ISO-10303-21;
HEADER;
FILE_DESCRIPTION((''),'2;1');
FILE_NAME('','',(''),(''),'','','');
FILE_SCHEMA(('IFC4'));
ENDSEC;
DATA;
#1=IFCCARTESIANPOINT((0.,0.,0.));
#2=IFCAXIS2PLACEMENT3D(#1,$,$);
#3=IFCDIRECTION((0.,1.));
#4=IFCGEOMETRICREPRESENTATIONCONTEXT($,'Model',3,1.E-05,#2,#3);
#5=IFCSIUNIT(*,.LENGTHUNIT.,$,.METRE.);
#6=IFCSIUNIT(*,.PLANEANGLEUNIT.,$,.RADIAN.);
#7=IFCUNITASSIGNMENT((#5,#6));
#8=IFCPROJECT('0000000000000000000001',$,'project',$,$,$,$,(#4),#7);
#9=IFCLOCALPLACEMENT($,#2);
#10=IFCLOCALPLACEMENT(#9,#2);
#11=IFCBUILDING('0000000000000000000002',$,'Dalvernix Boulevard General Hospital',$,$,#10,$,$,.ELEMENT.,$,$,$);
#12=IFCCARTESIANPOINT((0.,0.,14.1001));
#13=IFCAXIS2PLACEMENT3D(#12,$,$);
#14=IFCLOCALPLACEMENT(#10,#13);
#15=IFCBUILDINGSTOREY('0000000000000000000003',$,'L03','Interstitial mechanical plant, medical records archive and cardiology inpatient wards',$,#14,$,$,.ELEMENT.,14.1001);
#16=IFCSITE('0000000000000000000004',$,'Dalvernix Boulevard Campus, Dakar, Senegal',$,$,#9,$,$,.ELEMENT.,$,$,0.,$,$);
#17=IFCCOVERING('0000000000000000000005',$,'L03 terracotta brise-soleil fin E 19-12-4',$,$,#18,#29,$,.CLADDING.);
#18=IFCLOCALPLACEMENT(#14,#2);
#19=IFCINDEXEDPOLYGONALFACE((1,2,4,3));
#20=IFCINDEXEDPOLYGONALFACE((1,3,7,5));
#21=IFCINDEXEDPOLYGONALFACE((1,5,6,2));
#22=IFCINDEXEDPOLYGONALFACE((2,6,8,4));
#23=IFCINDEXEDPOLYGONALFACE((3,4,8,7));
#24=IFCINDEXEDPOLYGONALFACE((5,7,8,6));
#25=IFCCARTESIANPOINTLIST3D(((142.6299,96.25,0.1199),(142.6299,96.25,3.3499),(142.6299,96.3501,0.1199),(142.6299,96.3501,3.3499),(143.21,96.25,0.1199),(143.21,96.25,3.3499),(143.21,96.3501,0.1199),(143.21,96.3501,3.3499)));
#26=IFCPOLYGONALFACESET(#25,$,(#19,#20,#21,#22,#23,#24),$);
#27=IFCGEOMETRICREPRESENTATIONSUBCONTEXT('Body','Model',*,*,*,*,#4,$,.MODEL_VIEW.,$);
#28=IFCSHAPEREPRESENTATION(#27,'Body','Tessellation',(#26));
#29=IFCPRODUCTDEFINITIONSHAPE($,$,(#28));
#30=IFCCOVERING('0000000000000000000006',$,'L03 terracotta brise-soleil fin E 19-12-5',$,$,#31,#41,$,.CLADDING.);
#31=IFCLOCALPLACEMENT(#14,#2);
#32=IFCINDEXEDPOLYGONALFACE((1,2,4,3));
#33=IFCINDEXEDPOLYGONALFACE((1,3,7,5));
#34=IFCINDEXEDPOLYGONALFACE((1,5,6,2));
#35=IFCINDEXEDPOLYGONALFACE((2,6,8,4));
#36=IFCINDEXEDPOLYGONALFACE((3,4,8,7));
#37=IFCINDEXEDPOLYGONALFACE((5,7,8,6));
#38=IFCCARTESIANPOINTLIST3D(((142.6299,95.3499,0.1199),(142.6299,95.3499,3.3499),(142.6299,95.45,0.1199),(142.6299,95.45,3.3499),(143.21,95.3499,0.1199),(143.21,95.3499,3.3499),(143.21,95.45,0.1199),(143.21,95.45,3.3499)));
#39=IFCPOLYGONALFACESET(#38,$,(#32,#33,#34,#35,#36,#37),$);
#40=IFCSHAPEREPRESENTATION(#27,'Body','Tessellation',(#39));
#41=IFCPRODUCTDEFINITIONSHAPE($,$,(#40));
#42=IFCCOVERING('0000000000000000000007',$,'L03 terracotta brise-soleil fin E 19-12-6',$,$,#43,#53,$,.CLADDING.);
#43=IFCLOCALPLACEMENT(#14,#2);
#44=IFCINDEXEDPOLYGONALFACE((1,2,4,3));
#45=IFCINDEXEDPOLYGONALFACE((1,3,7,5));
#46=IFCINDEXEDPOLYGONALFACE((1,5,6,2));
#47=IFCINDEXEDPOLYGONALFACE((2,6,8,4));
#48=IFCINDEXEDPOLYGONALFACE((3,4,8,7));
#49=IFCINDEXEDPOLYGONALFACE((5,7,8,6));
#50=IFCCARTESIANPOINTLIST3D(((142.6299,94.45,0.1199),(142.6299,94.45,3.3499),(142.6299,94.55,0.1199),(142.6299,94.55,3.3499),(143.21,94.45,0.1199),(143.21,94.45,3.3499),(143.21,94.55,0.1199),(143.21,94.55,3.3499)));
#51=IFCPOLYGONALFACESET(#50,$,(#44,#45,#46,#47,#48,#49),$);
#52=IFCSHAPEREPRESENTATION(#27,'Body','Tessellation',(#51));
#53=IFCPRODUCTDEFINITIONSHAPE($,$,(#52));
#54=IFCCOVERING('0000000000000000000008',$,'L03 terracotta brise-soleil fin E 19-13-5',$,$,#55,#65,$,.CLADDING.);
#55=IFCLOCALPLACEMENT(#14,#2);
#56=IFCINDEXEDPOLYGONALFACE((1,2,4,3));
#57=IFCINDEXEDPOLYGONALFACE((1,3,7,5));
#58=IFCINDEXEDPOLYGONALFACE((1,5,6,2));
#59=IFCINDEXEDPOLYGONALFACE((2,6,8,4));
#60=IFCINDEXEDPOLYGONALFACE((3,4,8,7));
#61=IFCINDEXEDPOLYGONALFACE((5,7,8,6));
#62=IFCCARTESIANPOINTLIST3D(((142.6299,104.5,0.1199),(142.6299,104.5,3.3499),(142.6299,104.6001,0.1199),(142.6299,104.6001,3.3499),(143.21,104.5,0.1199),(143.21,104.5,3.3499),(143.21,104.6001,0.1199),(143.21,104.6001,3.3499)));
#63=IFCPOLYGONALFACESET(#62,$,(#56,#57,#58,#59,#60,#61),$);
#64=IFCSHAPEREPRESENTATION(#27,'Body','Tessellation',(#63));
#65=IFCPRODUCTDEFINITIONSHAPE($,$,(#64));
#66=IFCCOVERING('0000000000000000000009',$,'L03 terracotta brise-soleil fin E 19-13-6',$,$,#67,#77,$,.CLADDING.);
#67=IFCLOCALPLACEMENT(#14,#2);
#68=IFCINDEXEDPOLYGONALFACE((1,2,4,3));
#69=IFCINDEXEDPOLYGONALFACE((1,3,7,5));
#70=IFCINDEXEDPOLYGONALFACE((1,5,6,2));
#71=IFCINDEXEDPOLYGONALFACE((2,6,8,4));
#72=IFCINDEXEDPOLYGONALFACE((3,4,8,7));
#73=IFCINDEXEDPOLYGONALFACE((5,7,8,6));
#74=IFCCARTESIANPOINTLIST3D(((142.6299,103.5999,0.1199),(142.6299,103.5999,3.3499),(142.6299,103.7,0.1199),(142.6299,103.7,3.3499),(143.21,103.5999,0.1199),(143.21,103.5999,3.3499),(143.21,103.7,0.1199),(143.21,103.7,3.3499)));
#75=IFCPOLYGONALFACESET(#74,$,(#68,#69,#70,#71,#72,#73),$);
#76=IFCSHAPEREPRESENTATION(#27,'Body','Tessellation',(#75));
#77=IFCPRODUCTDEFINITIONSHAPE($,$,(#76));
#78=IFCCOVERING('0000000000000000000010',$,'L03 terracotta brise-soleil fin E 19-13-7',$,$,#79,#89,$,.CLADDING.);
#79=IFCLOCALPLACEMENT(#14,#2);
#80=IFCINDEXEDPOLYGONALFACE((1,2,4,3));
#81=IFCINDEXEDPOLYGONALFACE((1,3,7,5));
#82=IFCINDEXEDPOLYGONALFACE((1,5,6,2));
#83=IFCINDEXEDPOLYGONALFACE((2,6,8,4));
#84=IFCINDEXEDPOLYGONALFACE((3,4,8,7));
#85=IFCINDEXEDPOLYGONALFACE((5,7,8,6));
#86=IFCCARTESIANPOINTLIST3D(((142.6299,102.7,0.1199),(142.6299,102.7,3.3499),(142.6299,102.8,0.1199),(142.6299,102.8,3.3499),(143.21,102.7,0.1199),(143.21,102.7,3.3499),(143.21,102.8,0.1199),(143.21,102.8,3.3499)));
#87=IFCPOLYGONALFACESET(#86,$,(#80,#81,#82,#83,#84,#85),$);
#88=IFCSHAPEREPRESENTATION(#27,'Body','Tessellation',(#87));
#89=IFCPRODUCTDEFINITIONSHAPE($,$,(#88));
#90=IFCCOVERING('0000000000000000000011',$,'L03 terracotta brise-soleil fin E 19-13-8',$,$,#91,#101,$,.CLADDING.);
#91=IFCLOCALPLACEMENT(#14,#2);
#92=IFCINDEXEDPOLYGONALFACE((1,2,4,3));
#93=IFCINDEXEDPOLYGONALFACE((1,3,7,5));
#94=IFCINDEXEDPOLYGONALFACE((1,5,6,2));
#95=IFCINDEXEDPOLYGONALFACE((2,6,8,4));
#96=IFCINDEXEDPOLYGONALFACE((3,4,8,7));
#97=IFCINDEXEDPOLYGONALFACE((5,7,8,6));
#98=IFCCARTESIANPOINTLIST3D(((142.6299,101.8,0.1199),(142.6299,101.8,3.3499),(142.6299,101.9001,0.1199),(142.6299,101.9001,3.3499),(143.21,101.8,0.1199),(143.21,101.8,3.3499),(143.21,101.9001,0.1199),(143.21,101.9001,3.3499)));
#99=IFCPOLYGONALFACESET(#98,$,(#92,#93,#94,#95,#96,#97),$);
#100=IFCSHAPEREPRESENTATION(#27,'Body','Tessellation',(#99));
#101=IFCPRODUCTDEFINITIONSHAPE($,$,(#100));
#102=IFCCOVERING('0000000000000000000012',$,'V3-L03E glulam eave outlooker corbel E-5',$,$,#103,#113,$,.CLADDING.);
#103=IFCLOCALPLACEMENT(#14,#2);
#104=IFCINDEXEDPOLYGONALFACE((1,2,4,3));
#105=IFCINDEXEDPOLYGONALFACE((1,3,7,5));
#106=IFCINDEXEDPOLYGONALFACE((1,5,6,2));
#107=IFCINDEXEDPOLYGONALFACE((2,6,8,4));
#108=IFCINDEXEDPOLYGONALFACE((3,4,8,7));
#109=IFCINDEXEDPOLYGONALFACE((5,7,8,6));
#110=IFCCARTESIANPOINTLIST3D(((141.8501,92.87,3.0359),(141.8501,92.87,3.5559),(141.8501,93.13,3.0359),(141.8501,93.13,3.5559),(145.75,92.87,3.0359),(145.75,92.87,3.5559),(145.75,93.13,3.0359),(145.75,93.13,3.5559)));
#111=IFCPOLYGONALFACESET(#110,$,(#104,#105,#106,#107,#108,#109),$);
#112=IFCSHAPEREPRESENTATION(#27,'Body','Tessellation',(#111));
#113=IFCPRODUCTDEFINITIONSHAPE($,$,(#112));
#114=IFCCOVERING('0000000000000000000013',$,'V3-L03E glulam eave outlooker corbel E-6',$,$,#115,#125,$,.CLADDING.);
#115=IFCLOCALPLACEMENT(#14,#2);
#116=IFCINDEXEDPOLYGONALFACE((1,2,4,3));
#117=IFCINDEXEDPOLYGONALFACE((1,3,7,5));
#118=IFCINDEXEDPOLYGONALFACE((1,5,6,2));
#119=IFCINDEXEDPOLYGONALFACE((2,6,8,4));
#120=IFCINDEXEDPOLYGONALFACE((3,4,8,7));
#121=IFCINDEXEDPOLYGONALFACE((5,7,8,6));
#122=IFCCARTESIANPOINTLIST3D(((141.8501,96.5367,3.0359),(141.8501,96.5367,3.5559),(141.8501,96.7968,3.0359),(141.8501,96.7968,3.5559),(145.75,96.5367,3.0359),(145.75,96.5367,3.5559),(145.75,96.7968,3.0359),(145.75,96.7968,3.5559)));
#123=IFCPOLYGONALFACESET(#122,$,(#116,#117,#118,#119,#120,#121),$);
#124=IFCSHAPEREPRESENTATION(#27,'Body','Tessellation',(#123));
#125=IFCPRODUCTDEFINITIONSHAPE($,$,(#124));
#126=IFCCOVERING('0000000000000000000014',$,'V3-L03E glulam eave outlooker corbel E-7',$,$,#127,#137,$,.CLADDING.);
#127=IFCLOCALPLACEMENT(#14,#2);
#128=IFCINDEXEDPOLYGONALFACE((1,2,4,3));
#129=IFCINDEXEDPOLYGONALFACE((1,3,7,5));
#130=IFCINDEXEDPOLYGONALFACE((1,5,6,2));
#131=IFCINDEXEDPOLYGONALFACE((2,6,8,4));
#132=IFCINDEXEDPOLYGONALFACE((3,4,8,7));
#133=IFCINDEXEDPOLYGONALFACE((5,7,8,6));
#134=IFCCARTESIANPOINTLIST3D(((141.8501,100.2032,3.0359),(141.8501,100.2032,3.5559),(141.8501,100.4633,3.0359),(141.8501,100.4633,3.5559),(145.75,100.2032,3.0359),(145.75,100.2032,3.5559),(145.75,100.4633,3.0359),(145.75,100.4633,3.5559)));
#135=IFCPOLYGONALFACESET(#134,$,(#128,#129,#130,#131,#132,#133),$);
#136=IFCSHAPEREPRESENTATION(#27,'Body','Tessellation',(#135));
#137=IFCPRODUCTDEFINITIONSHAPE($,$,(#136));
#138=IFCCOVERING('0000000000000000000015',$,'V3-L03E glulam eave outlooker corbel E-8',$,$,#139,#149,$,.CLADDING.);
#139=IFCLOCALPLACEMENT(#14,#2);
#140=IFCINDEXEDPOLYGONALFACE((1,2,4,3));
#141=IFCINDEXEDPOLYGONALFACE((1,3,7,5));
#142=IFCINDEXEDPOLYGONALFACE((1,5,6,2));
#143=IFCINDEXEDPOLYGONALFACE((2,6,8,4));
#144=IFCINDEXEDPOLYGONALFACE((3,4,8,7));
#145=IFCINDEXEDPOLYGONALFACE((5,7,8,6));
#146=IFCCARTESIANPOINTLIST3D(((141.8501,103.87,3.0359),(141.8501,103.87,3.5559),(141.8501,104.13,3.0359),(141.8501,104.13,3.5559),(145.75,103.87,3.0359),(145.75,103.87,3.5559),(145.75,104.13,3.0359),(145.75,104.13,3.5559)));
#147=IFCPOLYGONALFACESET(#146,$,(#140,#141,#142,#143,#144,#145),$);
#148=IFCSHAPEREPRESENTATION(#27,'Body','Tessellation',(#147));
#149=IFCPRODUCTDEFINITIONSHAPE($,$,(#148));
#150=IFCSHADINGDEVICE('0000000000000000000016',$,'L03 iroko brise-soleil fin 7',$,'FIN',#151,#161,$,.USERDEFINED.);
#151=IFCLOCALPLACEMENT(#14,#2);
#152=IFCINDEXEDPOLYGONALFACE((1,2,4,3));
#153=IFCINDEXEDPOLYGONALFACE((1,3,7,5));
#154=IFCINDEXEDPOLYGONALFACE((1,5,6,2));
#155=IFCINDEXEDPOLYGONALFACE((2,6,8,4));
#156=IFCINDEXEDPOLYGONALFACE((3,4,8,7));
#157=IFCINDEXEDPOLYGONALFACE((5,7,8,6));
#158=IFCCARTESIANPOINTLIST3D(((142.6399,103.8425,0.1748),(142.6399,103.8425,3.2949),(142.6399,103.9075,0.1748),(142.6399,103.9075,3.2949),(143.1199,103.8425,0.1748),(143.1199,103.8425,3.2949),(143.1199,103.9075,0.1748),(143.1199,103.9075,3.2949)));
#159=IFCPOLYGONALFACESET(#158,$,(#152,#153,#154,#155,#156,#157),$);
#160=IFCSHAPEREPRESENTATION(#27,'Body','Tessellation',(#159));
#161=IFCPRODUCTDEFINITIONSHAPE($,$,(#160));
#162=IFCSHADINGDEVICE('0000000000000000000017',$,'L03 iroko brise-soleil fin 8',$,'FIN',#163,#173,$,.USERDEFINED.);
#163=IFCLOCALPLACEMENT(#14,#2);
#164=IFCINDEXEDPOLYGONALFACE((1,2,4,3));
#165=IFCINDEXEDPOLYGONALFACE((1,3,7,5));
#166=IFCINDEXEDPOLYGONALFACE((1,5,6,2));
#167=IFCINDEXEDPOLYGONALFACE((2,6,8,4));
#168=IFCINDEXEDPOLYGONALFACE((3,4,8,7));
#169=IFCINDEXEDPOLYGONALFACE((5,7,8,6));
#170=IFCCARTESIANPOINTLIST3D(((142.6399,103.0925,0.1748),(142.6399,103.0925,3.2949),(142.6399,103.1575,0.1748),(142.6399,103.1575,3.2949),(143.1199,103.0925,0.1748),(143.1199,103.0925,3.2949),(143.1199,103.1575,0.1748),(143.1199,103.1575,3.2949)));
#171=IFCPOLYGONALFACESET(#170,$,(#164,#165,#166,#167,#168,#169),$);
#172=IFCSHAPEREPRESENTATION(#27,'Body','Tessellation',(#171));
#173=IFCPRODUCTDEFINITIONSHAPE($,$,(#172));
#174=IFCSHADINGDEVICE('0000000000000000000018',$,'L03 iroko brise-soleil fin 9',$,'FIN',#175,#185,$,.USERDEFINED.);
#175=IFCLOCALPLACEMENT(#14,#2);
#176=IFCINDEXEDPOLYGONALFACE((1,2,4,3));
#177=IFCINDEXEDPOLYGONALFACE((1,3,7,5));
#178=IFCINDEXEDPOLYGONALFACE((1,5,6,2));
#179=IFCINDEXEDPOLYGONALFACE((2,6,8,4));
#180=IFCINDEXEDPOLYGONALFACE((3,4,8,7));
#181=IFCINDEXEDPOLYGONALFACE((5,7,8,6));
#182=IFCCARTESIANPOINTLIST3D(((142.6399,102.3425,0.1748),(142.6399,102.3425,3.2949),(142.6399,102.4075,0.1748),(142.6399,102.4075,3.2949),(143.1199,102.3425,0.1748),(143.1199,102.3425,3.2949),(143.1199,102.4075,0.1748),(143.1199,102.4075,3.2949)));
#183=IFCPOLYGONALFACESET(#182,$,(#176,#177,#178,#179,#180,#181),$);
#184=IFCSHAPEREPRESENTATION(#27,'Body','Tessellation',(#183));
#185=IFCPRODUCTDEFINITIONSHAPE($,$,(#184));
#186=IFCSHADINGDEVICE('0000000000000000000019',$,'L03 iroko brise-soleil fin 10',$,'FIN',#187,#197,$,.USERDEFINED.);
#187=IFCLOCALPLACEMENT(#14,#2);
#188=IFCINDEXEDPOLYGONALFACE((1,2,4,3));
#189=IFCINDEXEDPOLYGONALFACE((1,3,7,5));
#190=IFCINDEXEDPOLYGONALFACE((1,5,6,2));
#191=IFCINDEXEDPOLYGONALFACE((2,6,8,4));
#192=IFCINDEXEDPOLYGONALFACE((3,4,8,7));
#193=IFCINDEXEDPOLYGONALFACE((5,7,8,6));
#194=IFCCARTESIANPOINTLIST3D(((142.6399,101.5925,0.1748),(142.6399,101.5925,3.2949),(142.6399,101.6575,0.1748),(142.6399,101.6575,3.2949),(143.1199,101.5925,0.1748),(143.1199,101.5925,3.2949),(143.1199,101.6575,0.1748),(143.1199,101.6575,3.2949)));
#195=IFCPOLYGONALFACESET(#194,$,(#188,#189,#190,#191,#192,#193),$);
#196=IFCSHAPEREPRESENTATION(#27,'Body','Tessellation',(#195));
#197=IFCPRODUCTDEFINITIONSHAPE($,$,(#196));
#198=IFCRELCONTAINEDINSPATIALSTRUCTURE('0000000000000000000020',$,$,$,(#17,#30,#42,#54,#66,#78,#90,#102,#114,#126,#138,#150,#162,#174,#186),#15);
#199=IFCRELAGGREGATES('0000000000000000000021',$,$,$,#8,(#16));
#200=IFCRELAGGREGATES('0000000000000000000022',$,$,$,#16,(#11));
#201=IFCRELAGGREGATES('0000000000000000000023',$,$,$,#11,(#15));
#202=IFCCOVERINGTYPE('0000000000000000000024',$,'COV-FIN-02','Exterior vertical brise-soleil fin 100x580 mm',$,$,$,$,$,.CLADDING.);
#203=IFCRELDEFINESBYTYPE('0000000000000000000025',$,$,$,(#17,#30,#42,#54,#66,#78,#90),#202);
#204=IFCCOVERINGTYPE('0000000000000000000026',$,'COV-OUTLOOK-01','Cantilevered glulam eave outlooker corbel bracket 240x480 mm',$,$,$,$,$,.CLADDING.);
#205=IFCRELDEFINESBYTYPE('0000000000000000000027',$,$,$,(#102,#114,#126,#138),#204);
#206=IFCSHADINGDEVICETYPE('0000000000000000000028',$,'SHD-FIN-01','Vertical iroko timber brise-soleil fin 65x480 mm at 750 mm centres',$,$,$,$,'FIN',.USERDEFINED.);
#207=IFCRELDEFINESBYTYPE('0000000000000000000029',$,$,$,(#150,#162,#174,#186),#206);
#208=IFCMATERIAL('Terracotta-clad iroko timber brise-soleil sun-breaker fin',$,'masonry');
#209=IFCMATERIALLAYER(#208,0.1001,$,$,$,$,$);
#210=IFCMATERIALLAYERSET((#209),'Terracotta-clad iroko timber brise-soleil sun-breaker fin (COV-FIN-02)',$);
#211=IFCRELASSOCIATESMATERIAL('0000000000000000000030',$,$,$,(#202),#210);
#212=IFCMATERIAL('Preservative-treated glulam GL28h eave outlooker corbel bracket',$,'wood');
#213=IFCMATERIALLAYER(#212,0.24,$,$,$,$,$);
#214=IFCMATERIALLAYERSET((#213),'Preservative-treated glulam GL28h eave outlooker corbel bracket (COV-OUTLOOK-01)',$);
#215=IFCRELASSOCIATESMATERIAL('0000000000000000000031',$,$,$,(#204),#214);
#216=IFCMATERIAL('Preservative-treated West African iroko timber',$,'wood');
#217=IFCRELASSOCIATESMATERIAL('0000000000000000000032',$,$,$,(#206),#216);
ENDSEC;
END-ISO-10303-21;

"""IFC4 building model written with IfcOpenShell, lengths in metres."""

from ifc_helpers import new_model, si_unit, direction, frame, origin, origin_2d, place, context, subcontext, project, spatial, rectangle, extrude, material, layer, layer_set, type_object, element, save


model = new_model("IFC4")

# Units and contexts
model_context = context("Model", 3, precision=1e-05, world=origin(), true_north=direction((0.0, 1.0)))
body_context = subcontext(model_context, "Body", "Model", "MODEL_VIEW")
ifc_project = project(units=[si_unit("LENGTHUNIT", "METRE"), si_unit("PLANEANGLEUNIT", "RADIAN")], contexts=[model_context])

# Site, building, storey
site_placement = place(None, origin())
site = spatial("IfcSite", under=ifc_project, at=site_placement, Name="Dalvernix Boulevard Campus, Dakar, Senegal", CompositionType="ELEMENT", RefElevation=0.0)
building_placement = place(site_placement, origin())
building = spatial("IfcBuilding", under=site, at=building_placement, Name="Dalvernix Boulevard General Hospital", CompositionType="ELEMENT")
storey_placement = place(building_placement, frame((0.0, 0.0, 14.1001)))
storey = spatial("IfcBuildingStorey", under=building, at=storey_placement, Name="L03", Description="Interstitial mechanical plant, medical records archive and cardiology inpatient wards", CompositionType="ELEMENT", Elevation=14.1001)

# Coverings
ifc_material_1 = material(Name="Terracotta-clad iroko timber brise-soleil sun-breaker fin", Category="masonry")
ifc_layer_1 = layer(ifc_material_1, 0.1001)
ifc_layer_set_1 = layer_set([ifc_layer_1], Name="Terracotta-clad iroko timber brise-soleil sun-breaker fin (COV-FIN-02)")
covering_type_1 = type_object("IfcCoveringType", Name="COV-FIN-02", Description="Exterior vertical brise-soleil fin 100x580 mm", PredefinedType="CLADDING", material=ifc_layer_set_1)
for number, where, z_axis, x_axis, name in (
    (1, (142.9199, 96.3, 0.1199), (0.0, 0.0, 1.0), (0.0, -1.0, 0.0), "L03 terracotta brise-soleil fin E 19-12-4"),
    (2, (142.9199, 95.3999, 0.1199), (0.0, 0.0, 1.0), (0.0, -1.0, 0.0), "L03 terracotta brise-soleil fin E 19-12-5"),
    (3, (142.9199, 94.5, 0.1199), (0.0, 0.0, 1.0), (0.0, -1.0, 0.0), "L03 terracotta brise-soleil fin E 19-12-6"),
    (4, (142.9199, 104.55, 0.1199), (0.0, 0.0, 1.0), (0.0, -1.0, 0.0), "L03 terracotta brise-soleil fin E 19-13-5"),
    (5, (142.9199, 103.6499, 0.1199), (0.0, 0.0, 1.0), (0.0, -1.0, 0.0), "L03 terracotta brise-soleil fin E 19-13-6"),
    (6, (142.9199, 102.75, 0.1199), (0.0, 0.0, 1.0), (0.0, -1.0, 0.0), "L03 terracotta brise-soleil fin E 19-13-7"),
    (7, (142.9199, 101.8501, 0.1199), (0.0, 0.0, 1.0), (0.0, -1.0, 0.0), "L03 terracotta brise-soleil fin E 19-13-8"),
):
    element("IfcCovering", number, at=place(storey_placement, frame(where, z_axis=z_axis, x_axis=x_axis)), inside=storey, type_object=covering_type_1, Name=name, PredefinedType="CLADDING", context=body_context, shape_type="SweptSolid", body=[
        extrude(rectangle(XDim=0.1001, YDim=0.5801, at=origin_2d()), origin(), (0.0, 0.0, 1.0), 3.23),
    ])
ifc_material_2 = material(Name="Preservative-treated glulam GL28h eave outlooker corbel bracket", Category="wood")
ifc_layer_2 = layer(ifc_material_2, 0.24)
ifc_layer_set_2 = layer_set([ifc_layer_2], Name="Preservative-treated glulam GL28h eave outlooker corbel bracket (COV-OUTLOOK-01)")
covering_type_2 = type_object("IfcCoveringType", Name="COV-OUTLOOK-01", Description="Cantilevered glulam eave outlooker corbel bracket 240x480 mm", PredefinedType="CLADDING", material=ifc_layer_set_2)
for number, where, z_axis, x_axis, name in (
    (8, (143.8, 93.0, 3.0359), (0.0, 0.0, 1.0), (1.0, 0.0, 0.0), "V3-L03E glulam eave outlooker corbel E-5"),
    (9, (143.8, 96.6667, 3.0359), (0.0, 0.0, 1.0), (1.0, 0.0, 0.0), "V3-L03E glulam eave outlooker corbel E-6"),
    (10, (143.8, 100.3333, 3.0359), (0.0, 0.0, 1.0), (1.0, 0.0, 0.0), "V3-L03E glulam eave outlooker corbel E-7"),
    (11, (143.8, 104.0, 3.0359), (0.0, 0.0, 1.0), (1.0, 0.0, 0.0), "V3-L03E glulam eave outlooker corbel E-8"),
):
    element("IfcCovering", number, at=place(storey_placement, frame(where, z_axis=z_axis, x_axis=x_axis)), inside=storey, type_object=covering_type_2, Name=name, PredefinedType="CLADDING", context=body_context, shape_type="SweptSolid", body=[
        extrude(rectangle(XDim=3.8999, YDim=0.26, at=origin_2d()), origin(), (0.0, 0.0, 1.0), 0.52),
    ])

# Shading devices
ifc_material_3 = material(Name="Preservative-treated West African iroko timber", Category="wood")
shading_device_type = type_object("IfcShadingDeviceType", Name="SHD-FIN-01", Description="Vertical iroko timber brise-soleil fin 65x480 mm at 750 mm centres", ElementType="FIN", PredefinedType="USERDEFINED", material=ifc_material_3)
for number, where, z_axis, x_axis, name in (
    (12, (142.8799, 103.875, 0.1748), (0.0, 0.0, 1.0), (0.0, -1.0, 0.0), "L03 iroko brise-soleil fin 7"),
    (13, (142.8799, 103.125, 0.1748), (0.0, 0.0, 1.0), (0.0, -1.0, 0.0), "L03 iroko brise-soleil fin 8"),
    (14, (142.8799, 102.375, 0.1748), (0.0, 0.0, 1.0), (0.0, -1.0, 0.0), "L03 iroko brise-soleil fin 9"),
    (15, (142.8799, 101.625, 0.1748), (0.0, 0.0, 1.0), (0.0, -1.0, 0.0), "L03 iroko brise-soleil fin 10"),
):
    element("IfcShadingDevice", number, at=place(storey_placement, frame(where, z_axis=z_axis, x_axis=x_axis)), inside=storey, type_object=shading_device_type, Name=name, ObjectType="FIN", PredefinedType="USERDEFINED", context=body_context, shape_type="SweptSolid", body=[
        extrude(rectangle(XDim=0.0649, YDim=0.48, at=origin_2d()), origin(), (0.0, 0.0, 1.0), 3.1201),
    ])

save(model, "model.ifc")
